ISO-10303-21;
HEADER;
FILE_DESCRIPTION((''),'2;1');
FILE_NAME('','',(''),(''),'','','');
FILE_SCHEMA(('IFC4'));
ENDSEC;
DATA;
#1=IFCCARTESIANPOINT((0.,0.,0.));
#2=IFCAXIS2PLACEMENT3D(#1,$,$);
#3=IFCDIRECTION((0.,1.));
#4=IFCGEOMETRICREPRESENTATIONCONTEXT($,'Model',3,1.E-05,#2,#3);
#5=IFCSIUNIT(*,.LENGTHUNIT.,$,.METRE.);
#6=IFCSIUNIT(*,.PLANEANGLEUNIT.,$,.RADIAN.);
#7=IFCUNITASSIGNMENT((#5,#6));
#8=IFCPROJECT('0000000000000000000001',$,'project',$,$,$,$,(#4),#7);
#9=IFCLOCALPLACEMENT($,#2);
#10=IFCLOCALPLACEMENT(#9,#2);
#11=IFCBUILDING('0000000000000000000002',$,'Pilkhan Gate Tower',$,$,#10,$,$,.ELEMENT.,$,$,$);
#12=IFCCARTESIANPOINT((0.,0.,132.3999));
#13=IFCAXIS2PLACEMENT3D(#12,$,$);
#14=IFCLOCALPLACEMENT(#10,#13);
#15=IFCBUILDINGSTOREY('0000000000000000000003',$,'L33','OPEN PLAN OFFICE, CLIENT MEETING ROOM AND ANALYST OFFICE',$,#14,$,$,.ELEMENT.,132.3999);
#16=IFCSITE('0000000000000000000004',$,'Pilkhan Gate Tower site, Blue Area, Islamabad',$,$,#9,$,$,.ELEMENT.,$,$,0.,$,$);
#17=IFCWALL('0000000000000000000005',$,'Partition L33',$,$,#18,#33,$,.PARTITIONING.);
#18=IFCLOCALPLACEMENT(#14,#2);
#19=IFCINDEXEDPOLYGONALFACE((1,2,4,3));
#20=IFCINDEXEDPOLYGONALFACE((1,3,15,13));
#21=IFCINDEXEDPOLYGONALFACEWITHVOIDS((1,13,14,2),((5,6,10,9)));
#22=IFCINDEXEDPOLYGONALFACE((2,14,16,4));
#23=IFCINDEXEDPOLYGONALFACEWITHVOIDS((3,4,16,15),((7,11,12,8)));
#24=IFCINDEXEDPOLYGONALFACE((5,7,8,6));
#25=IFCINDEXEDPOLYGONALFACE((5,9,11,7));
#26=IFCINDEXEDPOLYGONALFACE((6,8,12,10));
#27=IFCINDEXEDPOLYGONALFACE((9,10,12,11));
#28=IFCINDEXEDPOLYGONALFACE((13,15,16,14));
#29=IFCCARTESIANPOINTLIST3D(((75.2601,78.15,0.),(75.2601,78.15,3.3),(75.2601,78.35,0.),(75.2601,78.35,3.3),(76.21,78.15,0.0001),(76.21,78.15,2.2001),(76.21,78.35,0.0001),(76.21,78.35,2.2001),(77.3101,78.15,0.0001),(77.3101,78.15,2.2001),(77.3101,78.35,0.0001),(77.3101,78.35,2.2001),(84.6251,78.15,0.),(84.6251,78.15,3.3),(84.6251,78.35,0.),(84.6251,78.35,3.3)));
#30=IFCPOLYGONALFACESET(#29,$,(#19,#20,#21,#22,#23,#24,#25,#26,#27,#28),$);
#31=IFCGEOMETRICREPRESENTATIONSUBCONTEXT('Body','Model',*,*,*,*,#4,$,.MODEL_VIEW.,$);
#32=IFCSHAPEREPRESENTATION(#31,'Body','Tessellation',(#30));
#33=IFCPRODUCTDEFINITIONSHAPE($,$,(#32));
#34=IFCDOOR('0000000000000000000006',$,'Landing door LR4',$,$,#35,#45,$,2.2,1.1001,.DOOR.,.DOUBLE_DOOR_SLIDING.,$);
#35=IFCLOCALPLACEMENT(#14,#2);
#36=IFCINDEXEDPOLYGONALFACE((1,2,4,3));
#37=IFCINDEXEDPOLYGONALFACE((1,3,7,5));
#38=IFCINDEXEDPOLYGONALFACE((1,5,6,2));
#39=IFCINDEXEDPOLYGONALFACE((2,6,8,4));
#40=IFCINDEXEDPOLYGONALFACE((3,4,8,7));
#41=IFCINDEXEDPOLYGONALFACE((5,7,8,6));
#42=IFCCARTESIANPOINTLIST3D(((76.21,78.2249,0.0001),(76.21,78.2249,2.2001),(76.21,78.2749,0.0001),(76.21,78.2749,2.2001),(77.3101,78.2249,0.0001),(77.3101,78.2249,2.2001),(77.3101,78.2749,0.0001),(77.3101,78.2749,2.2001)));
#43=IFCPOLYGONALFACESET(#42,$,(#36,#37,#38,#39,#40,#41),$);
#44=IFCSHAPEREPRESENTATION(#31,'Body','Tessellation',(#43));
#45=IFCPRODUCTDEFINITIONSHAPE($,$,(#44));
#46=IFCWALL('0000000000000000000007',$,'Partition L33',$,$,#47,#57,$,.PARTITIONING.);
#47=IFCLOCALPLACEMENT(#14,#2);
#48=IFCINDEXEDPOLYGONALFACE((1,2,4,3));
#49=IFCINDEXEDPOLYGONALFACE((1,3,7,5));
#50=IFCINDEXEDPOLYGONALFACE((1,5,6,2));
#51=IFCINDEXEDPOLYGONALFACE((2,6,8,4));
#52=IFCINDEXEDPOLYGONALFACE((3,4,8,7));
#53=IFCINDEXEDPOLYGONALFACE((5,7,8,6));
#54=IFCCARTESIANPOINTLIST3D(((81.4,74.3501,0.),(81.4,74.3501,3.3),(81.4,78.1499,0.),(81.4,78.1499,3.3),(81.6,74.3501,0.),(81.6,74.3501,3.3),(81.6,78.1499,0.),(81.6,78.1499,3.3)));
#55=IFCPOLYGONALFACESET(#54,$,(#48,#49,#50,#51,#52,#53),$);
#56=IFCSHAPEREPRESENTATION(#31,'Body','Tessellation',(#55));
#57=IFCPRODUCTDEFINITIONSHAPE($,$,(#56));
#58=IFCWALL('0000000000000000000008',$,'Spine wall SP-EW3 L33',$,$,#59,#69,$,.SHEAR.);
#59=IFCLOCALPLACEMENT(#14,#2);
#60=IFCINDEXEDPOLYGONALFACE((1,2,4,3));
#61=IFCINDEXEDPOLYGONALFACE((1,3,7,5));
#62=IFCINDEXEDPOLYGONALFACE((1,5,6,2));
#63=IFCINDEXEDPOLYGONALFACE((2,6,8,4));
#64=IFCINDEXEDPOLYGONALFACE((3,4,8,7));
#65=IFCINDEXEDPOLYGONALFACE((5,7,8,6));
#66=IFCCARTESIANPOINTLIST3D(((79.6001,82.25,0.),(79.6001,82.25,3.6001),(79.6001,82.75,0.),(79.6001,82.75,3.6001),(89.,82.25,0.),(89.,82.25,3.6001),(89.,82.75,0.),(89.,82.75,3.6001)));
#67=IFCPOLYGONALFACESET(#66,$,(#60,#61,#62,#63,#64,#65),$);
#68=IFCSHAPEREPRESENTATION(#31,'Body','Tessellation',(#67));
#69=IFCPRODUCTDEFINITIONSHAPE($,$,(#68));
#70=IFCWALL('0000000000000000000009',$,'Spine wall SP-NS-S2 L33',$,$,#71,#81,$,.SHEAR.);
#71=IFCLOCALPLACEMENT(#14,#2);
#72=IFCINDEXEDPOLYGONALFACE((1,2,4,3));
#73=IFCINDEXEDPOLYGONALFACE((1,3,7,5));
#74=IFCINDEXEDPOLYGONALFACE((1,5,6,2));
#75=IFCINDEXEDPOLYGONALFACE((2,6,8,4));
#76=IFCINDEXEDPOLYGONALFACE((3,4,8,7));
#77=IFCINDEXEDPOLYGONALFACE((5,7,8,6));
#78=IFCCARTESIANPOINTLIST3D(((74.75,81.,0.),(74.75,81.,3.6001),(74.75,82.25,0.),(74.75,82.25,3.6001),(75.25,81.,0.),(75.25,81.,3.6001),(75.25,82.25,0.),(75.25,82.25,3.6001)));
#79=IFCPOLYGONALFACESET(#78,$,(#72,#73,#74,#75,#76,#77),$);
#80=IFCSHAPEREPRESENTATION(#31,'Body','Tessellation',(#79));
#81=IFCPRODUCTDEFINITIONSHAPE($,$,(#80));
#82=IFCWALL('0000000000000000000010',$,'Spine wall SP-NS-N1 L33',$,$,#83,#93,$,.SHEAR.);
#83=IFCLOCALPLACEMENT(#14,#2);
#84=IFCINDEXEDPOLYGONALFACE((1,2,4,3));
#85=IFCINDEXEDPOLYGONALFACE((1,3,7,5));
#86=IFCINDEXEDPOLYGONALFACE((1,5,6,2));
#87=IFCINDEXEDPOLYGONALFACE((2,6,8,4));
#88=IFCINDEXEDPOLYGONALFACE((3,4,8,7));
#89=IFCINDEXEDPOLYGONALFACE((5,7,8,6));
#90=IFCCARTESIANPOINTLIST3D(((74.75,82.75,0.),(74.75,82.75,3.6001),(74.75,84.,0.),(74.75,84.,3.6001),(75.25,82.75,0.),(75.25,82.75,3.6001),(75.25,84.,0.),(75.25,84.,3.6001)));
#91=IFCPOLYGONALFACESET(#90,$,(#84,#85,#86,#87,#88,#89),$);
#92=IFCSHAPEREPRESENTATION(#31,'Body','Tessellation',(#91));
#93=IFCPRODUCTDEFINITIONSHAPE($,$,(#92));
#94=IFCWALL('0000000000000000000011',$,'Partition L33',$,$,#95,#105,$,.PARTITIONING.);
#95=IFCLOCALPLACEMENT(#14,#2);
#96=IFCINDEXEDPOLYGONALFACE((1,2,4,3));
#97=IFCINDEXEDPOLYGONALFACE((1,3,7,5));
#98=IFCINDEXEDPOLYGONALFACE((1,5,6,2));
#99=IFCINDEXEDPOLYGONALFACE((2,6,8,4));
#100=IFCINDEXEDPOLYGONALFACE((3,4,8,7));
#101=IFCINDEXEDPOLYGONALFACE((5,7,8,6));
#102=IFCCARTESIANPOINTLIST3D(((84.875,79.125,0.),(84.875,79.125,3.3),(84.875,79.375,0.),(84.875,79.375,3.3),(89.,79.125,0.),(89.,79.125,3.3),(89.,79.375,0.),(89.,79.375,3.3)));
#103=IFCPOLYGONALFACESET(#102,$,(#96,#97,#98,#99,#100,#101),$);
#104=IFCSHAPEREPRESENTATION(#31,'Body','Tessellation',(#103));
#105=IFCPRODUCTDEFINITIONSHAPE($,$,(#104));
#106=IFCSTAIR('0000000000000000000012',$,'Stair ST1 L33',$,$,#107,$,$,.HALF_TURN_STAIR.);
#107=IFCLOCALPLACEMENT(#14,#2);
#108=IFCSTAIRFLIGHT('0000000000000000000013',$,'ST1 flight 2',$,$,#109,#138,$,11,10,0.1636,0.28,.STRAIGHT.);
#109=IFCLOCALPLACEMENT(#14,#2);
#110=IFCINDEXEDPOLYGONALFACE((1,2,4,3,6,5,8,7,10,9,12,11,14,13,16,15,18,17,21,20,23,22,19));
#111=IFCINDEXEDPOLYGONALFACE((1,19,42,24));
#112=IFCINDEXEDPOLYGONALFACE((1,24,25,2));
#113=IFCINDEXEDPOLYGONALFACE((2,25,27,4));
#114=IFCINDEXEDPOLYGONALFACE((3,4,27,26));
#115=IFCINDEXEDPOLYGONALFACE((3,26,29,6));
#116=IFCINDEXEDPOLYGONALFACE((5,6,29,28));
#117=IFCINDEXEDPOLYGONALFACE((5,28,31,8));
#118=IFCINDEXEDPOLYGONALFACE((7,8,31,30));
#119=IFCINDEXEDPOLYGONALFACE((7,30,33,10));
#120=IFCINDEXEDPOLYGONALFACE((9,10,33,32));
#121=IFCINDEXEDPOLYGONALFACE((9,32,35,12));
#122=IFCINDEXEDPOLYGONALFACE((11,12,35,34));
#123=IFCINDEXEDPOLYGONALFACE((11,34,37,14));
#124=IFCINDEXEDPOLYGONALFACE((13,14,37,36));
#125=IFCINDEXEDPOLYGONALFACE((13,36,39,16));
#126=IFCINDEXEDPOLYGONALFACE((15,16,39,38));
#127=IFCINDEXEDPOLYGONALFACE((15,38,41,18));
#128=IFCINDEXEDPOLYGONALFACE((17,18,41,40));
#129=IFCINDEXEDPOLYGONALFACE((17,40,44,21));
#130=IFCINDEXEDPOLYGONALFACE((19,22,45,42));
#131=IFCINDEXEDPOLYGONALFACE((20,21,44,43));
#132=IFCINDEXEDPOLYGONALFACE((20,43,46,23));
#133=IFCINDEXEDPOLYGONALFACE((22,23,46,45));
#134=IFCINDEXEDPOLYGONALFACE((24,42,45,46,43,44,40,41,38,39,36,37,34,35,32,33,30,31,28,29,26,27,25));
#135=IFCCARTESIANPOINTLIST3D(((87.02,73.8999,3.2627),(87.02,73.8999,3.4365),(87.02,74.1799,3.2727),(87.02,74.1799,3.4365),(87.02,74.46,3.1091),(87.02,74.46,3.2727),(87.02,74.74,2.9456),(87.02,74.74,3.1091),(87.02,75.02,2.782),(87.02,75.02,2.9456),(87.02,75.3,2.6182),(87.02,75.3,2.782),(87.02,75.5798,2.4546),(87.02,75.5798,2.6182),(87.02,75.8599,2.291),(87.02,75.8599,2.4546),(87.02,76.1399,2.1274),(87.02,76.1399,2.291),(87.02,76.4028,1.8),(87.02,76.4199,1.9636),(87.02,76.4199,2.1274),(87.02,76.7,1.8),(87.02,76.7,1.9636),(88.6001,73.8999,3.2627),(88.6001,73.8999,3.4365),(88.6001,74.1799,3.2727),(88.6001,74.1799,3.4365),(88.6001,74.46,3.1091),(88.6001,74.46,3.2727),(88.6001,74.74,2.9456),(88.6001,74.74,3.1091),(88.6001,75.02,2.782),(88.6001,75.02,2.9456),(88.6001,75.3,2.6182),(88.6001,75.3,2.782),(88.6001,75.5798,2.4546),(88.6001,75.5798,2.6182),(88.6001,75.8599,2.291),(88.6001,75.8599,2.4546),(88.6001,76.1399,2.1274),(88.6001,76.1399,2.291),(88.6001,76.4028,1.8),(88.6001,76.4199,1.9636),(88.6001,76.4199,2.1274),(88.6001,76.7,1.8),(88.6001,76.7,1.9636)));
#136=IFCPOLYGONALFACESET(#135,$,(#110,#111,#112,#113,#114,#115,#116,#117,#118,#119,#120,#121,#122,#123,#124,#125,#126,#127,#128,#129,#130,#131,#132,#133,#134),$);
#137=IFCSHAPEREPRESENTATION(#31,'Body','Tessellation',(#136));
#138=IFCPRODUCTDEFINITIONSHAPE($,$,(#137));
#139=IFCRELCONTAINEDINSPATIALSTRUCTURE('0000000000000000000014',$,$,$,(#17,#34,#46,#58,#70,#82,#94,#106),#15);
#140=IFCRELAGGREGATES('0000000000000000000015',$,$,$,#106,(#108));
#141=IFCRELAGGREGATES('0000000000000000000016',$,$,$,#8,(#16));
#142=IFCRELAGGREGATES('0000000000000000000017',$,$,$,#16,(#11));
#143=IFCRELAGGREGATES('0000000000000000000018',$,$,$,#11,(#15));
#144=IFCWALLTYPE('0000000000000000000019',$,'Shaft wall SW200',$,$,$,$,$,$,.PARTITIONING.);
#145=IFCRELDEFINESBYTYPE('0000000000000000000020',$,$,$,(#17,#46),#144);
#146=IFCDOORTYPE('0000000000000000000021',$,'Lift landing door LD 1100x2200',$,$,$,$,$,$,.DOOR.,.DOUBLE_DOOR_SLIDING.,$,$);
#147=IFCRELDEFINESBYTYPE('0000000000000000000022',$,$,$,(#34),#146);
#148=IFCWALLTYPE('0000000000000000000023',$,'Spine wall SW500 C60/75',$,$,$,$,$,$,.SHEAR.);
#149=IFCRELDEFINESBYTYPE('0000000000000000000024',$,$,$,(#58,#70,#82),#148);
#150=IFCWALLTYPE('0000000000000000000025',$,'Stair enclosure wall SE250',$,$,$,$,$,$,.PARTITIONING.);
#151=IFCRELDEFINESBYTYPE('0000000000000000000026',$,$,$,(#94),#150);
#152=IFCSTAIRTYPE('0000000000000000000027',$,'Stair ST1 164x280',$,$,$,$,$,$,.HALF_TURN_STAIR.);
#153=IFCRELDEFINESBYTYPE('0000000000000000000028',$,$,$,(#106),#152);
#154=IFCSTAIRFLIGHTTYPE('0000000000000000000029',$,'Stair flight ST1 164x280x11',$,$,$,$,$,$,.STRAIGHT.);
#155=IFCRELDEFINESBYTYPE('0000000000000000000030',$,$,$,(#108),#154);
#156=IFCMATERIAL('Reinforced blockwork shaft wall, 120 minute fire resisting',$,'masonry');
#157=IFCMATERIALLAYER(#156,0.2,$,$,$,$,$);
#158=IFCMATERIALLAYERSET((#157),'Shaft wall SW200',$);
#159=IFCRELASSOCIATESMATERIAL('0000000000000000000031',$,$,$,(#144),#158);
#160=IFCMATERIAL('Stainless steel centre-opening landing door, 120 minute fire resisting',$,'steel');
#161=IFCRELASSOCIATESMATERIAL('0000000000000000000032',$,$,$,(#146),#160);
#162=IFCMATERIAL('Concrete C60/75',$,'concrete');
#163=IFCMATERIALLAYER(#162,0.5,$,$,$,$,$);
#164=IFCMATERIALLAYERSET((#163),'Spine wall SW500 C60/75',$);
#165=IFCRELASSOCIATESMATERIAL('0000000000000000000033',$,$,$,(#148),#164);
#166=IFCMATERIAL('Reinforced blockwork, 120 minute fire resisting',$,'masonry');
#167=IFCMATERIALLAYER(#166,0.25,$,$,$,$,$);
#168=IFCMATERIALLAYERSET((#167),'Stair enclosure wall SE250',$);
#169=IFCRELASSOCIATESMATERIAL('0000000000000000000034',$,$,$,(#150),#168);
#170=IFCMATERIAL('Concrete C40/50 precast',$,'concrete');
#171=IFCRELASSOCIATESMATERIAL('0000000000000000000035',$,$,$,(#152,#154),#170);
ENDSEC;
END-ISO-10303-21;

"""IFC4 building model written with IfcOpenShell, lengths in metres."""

from ifc_helpers import new_model, si_unit, direction, frame, frame_2d, origin, place, context, subcontext, project, spatial, polyline, rectangle, outline, extrude, material, layer, layer_set, type_object, element, fill, aggregate, save


model = new_model("IFC4")

# Units and contexts
model_context = context("Model", 3, precision=1e-05, world=origin(), true_north=direction((0.0, 1.0)))
body_context = subcontext(model_context, "Body", "Model", "MODEL_VIEW")
ifc_project = project(units=[si_unit("LENGTHUNIT", "METRE"), si_unit("PLANEANGLEUNIT", "RADIAN")], contexts=[model_context])

# Site, building, storey
site_placement = place(None, origin())
site = spatial("IfcSite", under=ifc_project, at=site_placement, Name="Pilkhan Gate Tower site, Blue Area, Islamabad", CompositionType="ELEMENT", RefElevation=0.0)
building_placement = place(site_placement, origin())
building = spatial("IfcBuilding", under=site, at=building_placement, Name="Pilkhan Gate Tower", CompositionType="ELEMENT")
storey_placement = place(building_placement, frame((0.0, 0.0, 132.3999)))
storey = spatial("IfcBuildingStorey", under=building, at=storey_placement, Name="L33", Description="OPEN PLAN OFFICE, CLIENT MEETING ROOM AND ANALYST OFFICE", CompositionType="ELEMENT", Elevation=132.3999)

# Shared definitions
ifc_material_1 = material(Name="Concrete C60/75", Category="concrete")

# Wall, opening, door
ifc_material_2 = material(Name="Reinforced blockwork shaft wall, 120 minute fire resisting", Category="masonry")
ifc_layer_1 = layer(ifc_material_2, 0.2)
ifc_layer_set_1 = layer_set([ifc_layer_1], Name="Shaft wall SW200")
wall_type_1 = type_object("IfcWallType", Name="Shaft wall SW200", PredefinedType="PARTITIONING", material=ifc_layer_set_1)
wall_1_placement = place(storey_placement, frame((75.26, 78.25, 0.0), z_axis=(0.0, 0.0, 1.0), x_axis=(1.0, 0.0, 0.0)))
wall_1 = element("IfcWall", 1, at=wall_1_placement, inside=storey, type_object=wall_type_1, Name="Partition L33", PredefinedType="PARTITIONING", context=body_context, shape_type="SweptSolid", body=[
    extrude(rectangle(XDim=9.365, YDim=0.2, at=frame_2d((4.6826, 0.0))), origin(), (0.0, 0.0, 1.0), 3.3),
])
opening_1_placement = place(wall_1_placement, frame((0.95, 0.0, 0.0)))
opening_1 = element("IfcOpeningElement", 2, at=opening_1_placement, cuts=wall_1, PredefinedType="OPENING", context=body_context, shape_type="SweptSolid", body=[
    extrude(rectangle(XDim=1.1001, YDim=2.2, at=frame_2d((0.55, 1.1001))), frame((0.0, 0.1099, 0.0), z_axis=(0.0, -1.0, 0.0), x_axis=(1.0, 0.0, 0.0)), (0.0, 0.0, 1.0), 0.22),
])
ifc_material_3 = material(Name="Stainless steel centre-opening landing door, 120 minute fire resisting", Category="steel")
door_type_1 = type_object("IfcDoorType", Name="Lift landing door LD 1100x2200", OperationType="DOUBLE_DOOR_SLIDING", PredefinedType="DOOR", material=ifc_material_3)
door_1_placement = place(opening_1_placement, origin())
door_1 = element("IfcDoor", 3, at=door_1_placement, inside=storey, type_object=door_type_1, Name="Landing door LR4", OperationType="DOUBLE_DOOR_SLIDING", OverallHeight=2.2, OverallWidth=1.1001, PredefinedType="DOOR", context=body_context, shape_type="SweptSolid", body=[
    extrude(rectangle(XDim=1.1001, YDim=2.2, at=frame_2d((0.55, 1.1001))), frame((0.0, 0.0249, 0.0), z_axis=(0.0, -1.0, 0.0), x_axis=(1.0, 0.0, 0.0)), (0.0, 0.0, 1.0), 0.05),
])
fill(opening_1, door_1)

# Walls
wall_2_placement = place(storey_placement, frame((81.5, 74.3501, 0.0), z_axis=(0.0, 0.0, 1.0), x_axis=(0.0, 1.0, 0.0)))
element("IfcWall", 4, at=wall_2_placement, inside=storey, type_object=wall_type_1, Name="Partition L33", PredefinedType="PARTITIONING", context=body_context, shape_type="SweptSolid", body=[
    extrude(rectangle(XDim=3.7998, YDim=0.2, at=frame_2d((1.8999, 0.0))), origin(), (0.0, 0.0, 1.0), 3.3),
])
ifc_layer_2 = layer(ifc_material_1, 0.5)
ifc_layer_set_2 = layer_set([ifc_layer_2], Name="Spine wall SW500 C60/75")
wall_type_2 = type_object("IfcWallType", Name="Spine wall SW500 C60/75", PredefinedType="SHEAR", material=ifc_layer_set_2)
wall_3_placement = place(storey_placement, frame((79.6001, 82.5, 0.0), z_axis=(0.0, 0.0, 1.0), x_axis=(1.0, 0.0, 0.0)))
element("IfcWall", 5, at=wall_3_placement, inside=storey, type_object=wall_type_2, Name="Spine wall SP-EW3 L33", PredefinedType="SHEAR", context=body_context, shape_type="SweptSolid", body=[
    extrude(rectangle(XDim=9.3999, YDim=0.5, at=frame_2d((4.7, 0.0))), origin(), (0.0, 0.0, 1.0), 3.6001),
])
for number, where, z_axis, x_axis, name in (
    (6, (75.0, 81.0, 0.0), (0.0, 0.0, 1.0), (0.0, 1.0, 0.0), "Spine wall SP-NS-S2 L33"),
    (7, (75.0, 82.75, 0.0), (0.0, 0.0, 1.0), (0.0, 1.0, 0.0), "Spine wall SP-NS-N1 L33"),
):
    element("IfcWall", number, at=place(storey_placement, frame(where, z_axis=z_axis, x_axis=x_axis)), inside=storey, type_object=wall_type_2, Name=name, PredefinedType="SHEAR", context=body_context, shape_type="SweptSolid", body=[
        extrude(rectangle(XDim=1.25, YDim=0.5, at=frame_2d((0.625, 0.0))), origin(), (0.0, 0.0, 1.0), 3.6001),
    ])
ifc_material_4 = material(Name="Reinforced blockwork, 120 minute fire resisting", Category="masonry")
ifc_layer_3 = layer(ifc_material_4, 0.25)
ifc_layer_set_3 = layer_set([ifc_layer_3], Name="Stair enclosure wall SE250")
wall_type_3 = type_object("IfcWallType", Name="Stair enclosure wall SE250", PredefinedType="PARTITIONING", material=ifc_layer_set_3)
wall_4_placement = place(storey_placement, frame((84.875, 79.25, 0.0), z_axis=(0.0, 0.0, 1.0), x_axis=(1.0, 0.0, 0.0)))
element("IfcWall", 8, at=wall_4_placement, inside=storey, type_object=wall_type_3, Name="Partition L33", PredefinedType="PARTITIONING", context=body_context, shape_type="SweptSolid", body=[
    extrude(rectangle(XDim=4.125, YDim=0.25, at=frame_2d((2.0625, 0.0))), origin(), (0.0, 0.0, 1.0), 3.3),
])

# Stair, stair flight
ifc_material_5 = material(Name="Concrete C40/50 precast", Category="concrete")
stair_type = type_object("IfcStairType", Name="Stair ST1 164x280", PredefinedType="HALF_TURN_STAIR", material=ifc_material_5)
stair_placement = place(storey_placement, origin())
stair = element("IfcStair", 9, at=stair_placement, inside=storey, type_object=stair_type, Name="Stair ST1 L33", PredefinedType="HALF_TURN_STAIR")
stair_flight_type = type_object("IfcStairFlightType", Name="Stair flight ST1 164x280x11", PredefinedType="STRAIGHT", material=ifc_material_5)
stair_flight_placement = place(storey_placement, frame((87.8101, 76.7, 1.8), z_axis=(0.0, 0.0, 1.0), x_axis=(0.0, -1.0, 0.0)))
stair_flight = element("IfcStairFlight", 10, at=stair_flight_placement, type_object=stair_flight_type, Name="ST1 flight 2", NumberOfRisers=11, NumberOfTreads=10, PredefinedType="STRAIGHT", RiserHeight=0.1636, TreadLength=0.28, context=body_context, shape_type="SweptSolid", body=[
    extrude(outline(polyline([(0.0, 0.0), (0.0, 0.1636), (0.28, 0.1636), (0.28, 0.3274), (0.5601, 0.3274), (0.5601, 0.491), (0.8401, 0.491), (0.8401, 0.6545), (1.1201, 0.6545), (1.1201, 0.8181), (1.3999, 0.8181), (1.3999, 0.9819), (1.6799, 0.9819), (1.6799, 1.1455), (1.96, 1.1455), (1.96, 1.3091), (2.24, 1.3091), (2.24, 1.4727), (2.52, 1.4727), (2.52, 1.6365), (2.8, 1.6365), (2.8, 1.8), (2.8, 1.4626), (0.2971, 0.0), (0.0, 0.0)])), frame((0.0, 0.79, 0.0), z_axis=(0.0, -1.0, 0.0), x_axis=(1.0, 0.0, 0.0)), (0.0, 0.0, 1.0), 1.5801),
])
aggregate(stair, [stair_flight])

save(model, "model.ifc")
